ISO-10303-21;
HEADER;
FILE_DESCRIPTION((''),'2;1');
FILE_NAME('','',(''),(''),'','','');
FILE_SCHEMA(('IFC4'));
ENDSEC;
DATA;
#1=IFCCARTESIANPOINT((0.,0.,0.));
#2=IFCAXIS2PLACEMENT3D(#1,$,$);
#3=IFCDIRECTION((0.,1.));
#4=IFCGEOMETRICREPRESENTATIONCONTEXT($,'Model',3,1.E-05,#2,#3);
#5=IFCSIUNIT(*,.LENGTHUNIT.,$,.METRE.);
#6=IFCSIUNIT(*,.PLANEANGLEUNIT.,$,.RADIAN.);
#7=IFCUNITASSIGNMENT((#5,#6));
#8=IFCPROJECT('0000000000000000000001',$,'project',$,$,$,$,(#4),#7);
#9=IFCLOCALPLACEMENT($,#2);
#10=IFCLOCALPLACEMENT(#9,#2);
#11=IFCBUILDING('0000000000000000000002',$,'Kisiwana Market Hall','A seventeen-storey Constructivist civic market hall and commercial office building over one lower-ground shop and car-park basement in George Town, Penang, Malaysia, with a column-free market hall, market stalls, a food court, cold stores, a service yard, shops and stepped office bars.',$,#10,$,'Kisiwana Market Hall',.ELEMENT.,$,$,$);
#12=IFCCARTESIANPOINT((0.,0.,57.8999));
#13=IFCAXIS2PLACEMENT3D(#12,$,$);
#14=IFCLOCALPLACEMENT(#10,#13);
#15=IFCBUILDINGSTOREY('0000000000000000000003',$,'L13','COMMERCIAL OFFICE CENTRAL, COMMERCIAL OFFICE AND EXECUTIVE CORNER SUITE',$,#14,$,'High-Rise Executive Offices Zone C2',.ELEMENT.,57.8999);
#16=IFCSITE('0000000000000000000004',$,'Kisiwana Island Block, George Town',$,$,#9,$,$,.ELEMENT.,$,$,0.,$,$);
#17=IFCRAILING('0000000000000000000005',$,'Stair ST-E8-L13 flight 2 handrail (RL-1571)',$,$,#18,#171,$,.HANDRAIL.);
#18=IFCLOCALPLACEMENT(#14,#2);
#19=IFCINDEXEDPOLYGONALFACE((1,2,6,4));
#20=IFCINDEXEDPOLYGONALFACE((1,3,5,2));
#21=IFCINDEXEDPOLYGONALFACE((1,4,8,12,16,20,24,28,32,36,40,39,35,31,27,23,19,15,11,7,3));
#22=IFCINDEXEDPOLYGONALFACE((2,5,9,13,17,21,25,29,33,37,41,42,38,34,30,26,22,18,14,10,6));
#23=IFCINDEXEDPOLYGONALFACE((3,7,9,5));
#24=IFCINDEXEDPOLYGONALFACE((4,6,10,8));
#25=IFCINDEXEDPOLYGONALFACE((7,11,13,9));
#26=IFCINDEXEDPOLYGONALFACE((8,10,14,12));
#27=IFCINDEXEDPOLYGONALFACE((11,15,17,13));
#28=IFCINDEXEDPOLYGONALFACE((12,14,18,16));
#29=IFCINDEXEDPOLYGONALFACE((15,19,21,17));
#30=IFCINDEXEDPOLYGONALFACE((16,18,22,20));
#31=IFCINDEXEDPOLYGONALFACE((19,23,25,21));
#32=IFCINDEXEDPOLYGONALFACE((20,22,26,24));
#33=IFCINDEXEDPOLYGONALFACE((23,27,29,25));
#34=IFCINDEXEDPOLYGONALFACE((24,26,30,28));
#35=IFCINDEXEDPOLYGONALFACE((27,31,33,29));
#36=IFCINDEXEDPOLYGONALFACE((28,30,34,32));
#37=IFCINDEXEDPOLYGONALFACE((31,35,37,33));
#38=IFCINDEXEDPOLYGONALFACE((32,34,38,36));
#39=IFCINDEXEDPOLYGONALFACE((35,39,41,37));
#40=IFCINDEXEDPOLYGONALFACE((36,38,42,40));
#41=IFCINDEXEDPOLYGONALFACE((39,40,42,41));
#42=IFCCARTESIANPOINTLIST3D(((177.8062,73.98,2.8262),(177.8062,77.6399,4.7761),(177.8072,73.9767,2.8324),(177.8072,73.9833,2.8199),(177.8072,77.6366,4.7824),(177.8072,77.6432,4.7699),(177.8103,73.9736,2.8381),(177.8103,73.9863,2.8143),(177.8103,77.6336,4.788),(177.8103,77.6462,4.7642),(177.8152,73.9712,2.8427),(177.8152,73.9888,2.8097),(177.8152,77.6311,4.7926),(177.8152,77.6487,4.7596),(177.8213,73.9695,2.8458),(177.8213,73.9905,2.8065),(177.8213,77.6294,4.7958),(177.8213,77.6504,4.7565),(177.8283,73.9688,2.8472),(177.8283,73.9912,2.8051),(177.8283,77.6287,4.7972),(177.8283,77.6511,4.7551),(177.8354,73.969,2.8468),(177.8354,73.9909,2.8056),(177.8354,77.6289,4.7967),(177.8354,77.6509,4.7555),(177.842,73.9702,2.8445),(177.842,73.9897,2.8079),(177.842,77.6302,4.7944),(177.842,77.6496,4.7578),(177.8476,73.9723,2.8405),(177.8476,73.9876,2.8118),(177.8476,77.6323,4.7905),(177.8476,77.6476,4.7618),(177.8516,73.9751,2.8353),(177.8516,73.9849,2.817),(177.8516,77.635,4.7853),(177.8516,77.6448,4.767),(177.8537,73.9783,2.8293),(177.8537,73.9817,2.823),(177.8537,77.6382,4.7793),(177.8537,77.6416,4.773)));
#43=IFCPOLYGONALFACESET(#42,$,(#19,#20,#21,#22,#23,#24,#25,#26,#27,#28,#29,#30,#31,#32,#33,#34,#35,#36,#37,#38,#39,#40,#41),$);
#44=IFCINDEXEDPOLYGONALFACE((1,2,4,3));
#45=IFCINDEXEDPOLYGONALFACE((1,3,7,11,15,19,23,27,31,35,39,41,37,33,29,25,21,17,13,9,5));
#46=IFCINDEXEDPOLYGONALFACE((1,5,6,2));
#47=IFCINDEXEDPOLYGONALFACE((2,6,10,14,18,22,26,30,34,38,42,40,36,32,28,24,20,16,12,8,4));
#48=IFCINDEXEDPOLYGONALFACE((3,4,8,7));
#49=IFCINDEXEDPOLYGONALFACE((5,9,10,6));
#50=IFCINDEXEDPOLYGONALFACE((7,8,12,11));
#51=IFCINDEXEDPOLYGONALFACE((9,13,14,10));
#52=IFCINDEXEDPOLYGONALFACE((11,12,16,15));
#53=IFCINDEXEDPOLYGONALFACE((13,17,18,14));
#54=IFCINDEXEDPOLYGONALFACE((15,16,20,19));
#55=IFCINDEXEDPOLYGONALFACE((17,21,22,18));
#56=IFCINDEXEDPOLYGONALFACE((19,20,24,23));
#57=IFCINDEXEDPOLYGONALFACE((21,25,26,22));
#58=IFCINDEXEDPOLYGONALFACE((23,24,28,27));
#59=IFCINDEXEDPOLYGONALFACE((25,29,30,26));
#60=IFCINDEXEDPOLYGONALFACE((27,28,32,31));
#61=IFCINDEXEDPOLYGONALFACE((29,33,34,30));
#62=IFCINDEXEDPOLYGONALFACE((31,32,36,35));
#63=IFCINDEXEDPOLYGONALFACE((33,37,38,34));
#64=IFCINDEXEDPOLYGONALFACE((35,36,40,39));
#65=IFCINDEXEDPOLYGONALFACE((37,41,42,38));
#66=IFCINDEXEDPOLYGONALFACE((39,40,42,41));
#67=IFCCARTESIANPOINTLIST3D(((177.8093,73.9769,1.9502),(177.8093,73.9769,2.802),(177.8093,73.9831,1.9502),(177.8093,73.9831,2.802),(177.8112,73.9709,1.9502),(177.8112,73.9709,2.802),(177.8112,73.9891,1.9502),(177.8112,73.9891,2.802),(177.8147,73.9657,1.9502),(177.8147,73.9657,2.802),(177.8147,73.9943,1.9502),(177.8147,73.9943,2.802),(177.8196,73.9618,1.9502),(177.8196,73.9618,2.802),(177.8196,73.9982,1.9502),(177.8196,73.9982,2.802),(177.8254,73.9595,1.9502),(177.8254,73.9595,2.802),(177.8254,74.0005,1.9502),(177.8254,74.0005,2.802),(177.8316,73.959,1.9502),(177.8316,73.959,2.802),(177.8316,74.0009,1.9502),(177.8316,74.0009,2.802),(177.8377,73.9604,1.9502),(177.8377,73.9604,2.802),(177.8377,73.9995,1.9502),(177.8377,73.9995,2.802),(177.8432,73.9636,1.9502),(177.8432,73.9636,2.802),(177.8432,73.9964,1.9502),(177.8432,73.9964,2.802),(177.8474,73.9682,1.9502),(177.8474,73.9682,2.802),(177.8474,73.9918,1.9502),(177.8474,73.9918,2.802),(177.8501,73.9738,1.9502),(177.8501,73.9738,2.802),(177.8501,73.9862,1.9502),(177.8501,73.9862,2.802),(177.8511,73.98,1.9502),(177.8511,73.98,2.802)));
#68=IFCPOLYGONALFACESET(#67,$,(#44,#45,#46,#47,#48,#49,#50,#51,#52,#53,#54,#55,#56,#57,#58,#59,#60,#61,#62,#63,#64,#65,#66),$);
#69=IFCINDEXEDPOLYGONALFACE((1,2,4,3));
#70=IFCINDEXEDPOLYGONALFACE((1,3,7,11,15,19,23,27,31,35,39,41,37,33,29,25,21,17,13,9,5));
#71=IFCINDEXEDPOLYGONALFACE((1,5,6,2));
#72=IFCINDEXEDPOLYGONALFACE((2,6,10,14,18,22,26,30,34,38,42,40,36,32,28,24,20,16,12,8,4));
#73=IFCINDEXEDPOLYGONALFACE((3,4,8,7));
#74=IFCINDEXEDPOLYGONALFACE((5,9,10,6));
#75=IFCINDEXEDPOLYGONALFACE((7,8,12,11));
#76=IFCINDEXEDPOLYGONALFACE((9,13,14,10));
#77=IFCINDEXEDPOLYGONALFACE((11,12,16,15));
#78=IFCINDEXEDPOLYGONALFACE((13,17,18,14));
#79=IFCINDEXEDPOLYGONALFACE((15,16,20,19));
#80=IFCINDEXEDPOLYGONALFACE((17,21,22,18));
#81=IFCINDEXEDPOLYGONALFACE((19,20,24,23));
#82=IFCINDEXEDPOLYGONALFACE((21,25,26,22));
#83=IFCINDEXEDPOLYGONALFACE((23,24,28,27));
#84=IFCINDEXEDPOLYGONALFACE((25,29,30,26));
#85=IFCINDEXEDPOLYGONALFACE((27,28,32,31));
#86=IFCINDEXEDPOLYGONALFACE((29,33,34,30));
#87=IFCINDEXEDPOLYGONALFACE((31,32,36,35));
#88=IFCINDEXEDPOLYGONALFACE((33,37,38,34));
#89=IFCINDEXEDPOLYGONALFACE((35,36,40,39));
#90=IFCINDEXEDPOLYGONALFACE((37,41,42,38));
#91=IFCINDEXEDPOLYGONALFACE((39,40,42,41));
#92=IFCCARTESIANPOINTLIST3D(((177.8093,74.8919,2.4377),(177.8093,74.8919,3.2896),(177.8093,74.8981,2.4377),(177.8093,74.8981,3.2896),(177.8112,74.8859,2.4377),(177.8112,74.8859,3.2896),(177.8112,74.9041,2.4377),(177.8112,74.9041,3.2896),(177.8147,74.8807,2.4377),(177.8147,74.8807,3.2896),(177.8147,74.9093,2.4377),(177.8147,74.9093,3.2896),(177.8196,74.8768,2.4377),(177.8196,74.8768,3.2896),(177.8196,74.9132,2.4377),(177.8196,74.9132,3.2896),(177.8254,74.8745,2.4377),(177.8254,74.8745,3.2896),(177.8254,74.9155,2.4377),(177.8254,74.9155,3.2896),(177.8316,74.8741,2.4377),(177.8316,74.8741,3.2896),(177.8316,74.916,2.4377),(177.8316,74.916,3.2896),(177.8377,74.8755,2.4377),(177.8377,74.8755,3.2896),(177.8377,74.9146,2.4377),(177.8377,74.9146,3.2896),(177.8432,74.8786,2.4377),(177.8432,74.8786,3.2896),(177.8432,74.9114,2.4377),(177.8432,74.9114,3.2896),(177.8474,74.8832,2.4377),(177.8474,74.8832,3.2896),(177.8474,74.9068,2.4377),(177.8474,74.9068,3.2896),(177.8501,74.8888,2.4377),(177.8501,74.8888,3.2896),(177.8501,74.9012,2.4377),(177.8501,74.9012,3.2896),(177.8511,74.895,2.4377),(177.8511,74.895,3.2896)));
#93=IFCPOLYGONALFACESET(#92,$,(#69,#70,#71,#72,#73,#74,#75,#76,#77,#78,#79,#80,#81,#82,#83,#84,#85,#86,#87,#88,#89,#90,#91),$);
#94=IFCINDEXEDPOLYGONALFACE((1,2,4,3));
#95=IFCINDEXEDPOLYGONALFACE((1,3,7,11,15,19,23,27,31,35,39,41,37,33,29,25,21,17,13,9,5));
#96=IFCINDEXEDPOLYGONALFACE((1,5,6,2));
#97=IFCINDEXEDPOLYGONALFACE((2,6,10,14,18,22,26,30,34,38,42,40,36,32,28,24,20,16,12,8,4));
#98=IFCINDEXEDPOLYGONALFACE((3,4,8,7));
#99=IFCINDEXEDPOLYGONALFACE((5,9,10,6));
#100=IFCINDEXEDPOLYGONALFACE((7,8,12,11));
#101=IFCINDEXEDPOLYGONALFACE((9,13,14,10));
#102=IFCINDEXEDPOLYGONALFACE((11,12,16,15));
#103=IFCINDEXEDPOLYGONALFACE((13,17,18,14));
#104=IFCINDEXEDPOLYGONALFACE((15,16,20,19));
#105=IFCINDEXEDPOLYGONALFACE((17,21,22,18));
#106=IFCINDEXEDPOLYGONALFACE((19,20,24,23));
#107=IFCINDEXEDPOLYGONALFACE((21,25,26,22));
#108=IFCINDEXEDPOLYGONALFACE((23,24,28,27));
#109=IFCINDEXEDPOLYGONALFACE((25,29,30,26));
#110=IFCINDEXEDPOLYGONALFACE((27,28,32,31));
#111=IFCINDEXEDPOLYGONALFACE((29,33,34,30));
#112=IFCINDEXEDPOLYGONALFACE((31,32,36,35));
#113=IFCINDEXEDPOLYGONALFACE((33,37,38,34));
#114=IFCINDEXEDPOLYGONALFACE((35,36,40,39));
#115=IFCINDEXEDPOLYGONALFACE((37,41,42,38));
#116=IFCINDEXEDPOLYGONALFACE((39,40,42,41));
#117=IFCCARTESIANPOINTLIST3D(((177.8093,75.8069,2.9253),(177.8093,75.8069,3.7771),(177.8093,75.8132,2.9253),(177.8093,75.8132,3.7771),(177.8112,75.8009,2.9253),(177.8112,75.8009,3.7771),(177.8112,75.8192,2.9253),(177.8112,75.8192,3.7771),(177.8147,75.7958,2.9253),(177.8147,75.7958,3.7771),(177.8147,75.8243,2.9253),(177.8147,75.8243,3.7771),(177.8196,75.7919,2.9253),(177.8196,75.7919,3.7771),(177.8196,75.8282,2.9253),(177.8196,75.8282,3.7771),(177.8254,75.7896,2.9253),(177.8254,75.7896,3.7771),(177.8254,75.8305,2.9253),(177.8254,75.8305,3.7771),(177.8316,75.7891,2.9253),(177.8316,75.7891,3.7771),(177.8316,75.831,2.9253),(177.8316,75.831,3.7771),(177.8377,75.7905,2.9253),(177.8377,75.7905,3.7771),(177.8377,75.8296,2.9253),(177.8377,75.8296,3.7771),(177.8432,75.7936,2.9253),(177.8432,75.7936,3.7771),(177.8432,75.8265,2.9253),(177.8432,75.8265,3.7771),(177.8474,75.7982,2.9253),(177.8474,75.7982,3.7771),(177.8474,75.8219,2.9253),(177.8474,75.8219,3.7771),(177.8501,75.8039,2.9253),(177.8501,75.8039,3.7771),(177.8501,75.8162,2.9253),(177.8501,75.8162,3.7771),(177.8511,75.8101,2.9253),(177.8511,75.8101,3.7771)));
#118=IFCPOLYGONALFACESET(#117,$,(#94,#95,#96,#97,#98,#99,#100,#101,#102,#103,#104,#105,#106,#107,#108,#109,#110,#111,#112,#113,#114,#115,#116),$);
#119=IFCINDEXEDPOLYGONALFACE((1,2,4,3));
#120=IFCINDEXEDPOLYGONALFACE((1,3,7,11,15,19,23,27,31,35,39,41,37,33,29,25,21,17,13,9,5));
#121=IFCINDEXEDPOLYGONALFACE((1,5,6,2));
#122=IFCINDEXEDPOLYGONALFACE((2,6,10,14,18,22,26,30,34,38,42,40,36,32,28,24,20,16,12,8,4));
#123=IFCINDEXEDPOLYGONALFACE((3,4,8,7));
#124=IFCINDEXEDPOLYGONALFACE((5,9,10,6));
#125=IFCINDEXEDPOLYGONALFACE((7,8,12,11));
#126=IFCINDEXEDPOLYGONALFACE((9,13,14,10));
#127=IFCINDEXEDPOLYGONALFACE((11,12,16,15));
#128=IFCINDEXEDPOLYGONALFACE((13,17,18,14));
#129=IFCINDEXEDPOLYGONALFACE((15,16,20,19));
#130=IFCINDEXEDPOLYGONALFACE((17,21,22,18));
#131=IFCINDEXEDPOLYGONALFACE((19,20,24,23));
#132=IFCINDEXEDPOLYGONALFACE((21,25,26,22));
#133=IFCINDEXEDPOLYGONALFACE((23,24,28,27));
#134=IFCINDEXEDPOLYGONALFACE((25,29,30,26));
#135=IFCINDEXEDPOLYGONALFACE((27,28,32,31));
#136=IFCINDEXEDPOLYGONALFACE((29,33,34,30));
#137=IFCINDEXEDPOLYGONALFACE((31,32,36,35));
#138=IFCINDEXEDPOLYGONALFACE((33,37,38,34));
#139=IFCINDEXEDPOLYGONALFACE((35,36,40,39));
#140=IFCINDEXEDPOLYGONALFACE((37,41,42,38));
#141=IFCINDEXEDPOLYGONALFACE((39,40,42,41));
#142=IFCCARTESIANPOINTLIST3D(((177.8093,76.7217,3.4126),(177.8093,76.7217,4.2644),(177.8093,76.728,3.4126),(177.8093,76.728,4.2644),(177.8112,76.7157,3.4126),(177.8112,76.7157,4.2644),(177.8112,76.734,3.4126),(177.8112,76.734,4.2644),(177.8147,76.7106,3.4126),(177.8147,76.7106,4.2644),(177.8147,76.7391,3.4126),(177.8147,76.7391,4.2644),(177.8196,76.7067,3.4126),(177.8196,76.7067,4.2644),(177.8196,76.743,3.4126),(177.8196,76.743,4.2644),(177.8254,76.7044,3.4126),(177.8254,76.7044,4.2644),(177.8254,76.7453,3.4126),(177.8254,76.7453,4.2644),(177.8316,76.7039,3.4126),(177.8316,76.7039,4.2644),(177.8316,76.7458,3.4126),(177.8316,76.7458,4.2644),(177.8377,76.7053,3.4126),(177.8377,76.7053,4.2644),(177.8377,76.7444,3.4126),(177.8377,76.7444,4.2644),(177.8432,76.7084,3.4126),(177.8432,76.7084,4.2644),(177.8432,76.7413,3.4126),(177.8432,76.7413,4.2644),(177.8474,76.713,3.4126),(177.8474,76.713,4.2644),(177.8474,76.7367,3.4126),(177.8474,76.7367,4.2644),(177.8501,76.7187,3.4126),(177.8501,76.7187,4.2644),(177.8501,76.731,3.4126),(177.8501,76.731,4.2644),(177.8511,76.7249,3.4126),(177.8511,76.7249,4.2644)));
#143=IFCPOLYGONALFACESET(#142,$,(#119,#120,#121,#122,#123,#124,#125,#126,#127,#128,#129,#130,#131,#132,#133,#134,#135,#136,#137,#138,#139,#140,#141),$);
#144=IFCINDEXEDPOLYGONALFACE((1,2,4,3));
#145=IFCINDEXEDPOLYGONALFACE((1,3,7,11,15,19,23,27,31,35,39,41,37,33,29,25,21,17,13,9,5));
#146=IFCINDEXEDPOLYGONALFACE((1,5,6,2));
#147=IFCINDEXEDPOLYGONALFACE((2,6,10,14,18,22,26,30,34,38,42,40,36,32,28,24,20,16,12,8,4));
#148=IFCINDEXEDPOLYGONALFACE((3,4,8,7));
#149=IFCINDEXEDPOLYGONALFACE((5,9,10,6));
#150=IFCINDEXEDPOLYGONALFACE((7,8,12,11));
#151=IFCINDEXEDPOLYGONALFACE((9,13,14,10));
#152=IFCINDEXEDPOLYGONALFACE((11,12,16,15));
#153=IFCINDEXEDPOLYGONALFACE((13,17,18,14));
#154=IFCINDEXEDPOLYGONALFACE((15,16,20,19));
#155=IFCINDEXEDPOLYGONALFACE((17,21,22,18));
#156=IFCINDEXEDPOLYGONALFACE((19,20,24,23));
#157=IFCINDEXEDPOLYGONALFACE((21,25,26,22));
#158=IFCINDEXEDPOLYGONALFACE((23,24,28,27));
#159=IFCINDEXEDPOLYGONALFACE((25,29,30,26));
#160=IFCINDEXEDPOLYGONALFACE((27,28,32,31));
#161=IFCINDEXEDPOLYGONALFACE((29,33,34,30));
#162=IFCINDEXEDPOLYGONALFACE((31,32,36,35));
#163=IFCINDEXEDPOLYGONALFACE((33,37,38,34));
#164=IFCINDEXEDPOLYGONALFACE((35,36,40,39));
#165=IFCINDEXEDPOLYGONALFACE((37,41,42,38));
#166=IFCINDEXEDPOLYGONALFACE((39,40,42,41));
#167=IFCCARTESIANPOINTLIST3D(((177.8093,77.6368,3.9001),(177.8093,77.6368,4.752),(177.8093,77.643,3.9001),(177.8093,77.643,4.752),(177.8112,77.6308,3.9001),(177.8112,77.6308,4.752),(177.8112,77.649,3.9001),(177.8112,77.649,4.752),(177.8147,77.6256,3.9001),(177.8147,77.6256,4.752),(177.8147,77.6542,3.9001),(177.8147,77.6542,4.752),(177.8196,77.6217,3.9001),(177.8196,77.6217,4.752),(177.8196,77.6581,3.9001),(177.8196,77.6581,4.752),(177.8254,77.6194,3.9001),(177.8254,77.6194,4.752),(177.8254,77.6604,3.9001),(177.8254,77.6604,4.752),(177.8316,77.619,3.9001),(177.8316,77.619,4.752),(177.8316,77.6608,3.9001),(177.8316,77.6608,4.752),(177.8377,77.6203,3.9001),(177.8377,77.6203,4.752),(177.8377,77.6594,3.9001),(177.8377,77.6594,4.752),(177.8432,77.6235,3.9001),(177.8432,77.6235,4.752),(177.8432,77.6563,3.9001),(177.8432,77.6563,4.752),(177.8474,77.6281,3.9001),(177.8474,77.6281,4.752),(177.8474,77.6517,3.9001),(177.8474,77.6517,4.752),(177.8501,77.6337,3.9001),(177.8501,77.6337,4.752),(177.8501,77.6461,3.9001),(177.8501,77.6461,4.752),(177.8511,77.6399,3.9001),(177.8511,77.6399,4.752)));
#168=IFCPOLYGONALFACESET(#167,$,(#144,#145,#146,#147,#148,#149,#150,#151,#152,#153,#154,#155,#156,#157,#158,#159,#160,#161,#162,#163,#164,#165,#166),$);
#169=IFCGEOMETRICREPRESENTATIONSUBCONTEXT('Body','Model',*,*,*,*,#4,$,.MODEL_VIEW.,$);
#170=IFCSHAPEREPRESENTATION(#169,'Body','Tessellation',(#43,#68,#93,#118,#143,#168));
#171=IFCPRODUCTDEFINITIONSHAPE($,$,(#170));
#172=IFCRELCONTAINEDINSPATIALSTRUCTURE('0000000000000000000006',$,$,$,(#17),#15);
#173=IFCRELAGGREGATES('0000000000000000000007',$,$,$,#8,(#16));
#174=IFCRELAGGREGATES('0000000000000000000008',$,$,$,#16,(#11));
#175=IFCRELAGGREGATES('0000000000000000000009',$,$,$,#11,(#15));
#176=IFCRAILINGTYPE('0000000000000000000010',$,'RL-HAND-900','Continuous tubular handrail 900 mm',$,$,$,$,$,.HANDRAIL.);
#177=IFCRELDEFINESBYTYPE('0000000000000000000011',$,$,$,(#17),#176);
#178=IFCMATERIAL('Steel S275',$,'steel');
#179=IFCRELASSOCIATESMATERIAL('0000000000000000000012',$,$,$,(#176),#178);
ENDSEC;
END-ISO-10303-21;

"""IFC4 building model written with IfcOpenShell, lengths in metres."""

from ifc_helpers import new_model, si_unit, direction, frame, origin, origin_2d, place, context, subcontext, project, spatial, circle, extrude, material, type_object, element, save


model = new_model("IFC4")

# Units and contexts
model_context = context("Model", 3, precision=1e-05, world=origin(), true_north=direction((0.0, 1.0)))
body_context = subcontext(model_context, "Body", "Model", "MODEL_VIEW")
ifc_project = project(units=[si_unit("LENGTHUNIT", "METRE"), si_unit("PLANEANGLEUNIT", "RADIAN")], contexts=[model_context])

# Site, building, storey
site_placement = place(None, origin())
site = spatial("IfcSite", under=ifc_project, at=site_placement, Name="Kisiwana Island Block, George Town", CompositionType="ELEMENT", RefElevation=0.0)
building_placement = place(site_placement, origin())
building = spatial("IfcBuilding", under=site, at=building_placement, Name="Kisiwana Market Hall", Description="A seventeen-storey Constructivist civic market hall and commercial office building over one lower-ground shop and car-park basement in George Town, Penang, Malaysia, with a column-free market hall, market stalls, a food court, cold stores, a service yard, shops and stepped office bars.", LongName="Kisiwana Market Hall", CompositionType="ELEMENT")
storey_placement = place(building_placement, frame((0.0, 0.0, 57.8999)))
storey = spatial("IfcBuildingStorey", under=building, at=storey_placement, Name="L13", Description="COMMERCIAL OFFICE CENTRAL, COMMERCIAL OFFICE AND EXECUTIVE CORNER SUITE", LongName="High-Rise Executive Offices Zone C2", CompositionType="ELEMENT", Elevation=57.8999)

# Railing
ifc_material_1 = material(Name="Steel S275", Category="steel")
railing_type_1 = type_object("IfcRailingType", Name="RL-HAND-900", Description="Continuous tubular handrail 900 mm", PredefinedType="HANDRAIL", material=ifc_material_1)
railing_1_placement = place(storey_placement, frame((177.8301, 73.98, 1.9502)))
element("IfcRailing", 1, at=railing_1_placement, inside=storey, type_object=railing_type_1, Name="Stair ST-E8-L13 flight 2 handrail (RL-1571)", PredefinedType="HANDRAIL", context=body_context, shape_type="SweptSolid", body=[
    extrude(circle(Radius=0.0239, at=origin_2d()), frame((0.0, 0.0, 0.876), z_axis=(0.0, 0.882553, 0.470212), x_axis=(-1.0, 0.0, 0.0)), (0.0, 0.0, 1.0), 4.147),
    extrude(circle(Radius=0.021, at=origin_2d()), origin(), (0.0, 0.0, 1.0), 0.8518),
    extrude(circle(Radius=0.021, at=origin_2d()), frame((0.0, 0.915, 0.4875)), (0.0, 0.0, 1.0), 0.8518),
    extrude(circle(Radius=0.021, at=origin_2d()), frame((0.0, 1.8301, 0.9751)), (0.0, 0.0, 1.0), 0.8518),
    extrude(circle(Radius=0.021, at=origin_2d()), frame((0.0, 2.7449, 1.4624)), (0.0, 0.0, 1.0), 0.8518),
    extrude(circle(Radius=0.021, at=origin_2d()), frame((0.0, 3.6599, 1.95)), (0.0, 0.0, 1.0), 0.8518),
])

save(model, "model.ifc")
